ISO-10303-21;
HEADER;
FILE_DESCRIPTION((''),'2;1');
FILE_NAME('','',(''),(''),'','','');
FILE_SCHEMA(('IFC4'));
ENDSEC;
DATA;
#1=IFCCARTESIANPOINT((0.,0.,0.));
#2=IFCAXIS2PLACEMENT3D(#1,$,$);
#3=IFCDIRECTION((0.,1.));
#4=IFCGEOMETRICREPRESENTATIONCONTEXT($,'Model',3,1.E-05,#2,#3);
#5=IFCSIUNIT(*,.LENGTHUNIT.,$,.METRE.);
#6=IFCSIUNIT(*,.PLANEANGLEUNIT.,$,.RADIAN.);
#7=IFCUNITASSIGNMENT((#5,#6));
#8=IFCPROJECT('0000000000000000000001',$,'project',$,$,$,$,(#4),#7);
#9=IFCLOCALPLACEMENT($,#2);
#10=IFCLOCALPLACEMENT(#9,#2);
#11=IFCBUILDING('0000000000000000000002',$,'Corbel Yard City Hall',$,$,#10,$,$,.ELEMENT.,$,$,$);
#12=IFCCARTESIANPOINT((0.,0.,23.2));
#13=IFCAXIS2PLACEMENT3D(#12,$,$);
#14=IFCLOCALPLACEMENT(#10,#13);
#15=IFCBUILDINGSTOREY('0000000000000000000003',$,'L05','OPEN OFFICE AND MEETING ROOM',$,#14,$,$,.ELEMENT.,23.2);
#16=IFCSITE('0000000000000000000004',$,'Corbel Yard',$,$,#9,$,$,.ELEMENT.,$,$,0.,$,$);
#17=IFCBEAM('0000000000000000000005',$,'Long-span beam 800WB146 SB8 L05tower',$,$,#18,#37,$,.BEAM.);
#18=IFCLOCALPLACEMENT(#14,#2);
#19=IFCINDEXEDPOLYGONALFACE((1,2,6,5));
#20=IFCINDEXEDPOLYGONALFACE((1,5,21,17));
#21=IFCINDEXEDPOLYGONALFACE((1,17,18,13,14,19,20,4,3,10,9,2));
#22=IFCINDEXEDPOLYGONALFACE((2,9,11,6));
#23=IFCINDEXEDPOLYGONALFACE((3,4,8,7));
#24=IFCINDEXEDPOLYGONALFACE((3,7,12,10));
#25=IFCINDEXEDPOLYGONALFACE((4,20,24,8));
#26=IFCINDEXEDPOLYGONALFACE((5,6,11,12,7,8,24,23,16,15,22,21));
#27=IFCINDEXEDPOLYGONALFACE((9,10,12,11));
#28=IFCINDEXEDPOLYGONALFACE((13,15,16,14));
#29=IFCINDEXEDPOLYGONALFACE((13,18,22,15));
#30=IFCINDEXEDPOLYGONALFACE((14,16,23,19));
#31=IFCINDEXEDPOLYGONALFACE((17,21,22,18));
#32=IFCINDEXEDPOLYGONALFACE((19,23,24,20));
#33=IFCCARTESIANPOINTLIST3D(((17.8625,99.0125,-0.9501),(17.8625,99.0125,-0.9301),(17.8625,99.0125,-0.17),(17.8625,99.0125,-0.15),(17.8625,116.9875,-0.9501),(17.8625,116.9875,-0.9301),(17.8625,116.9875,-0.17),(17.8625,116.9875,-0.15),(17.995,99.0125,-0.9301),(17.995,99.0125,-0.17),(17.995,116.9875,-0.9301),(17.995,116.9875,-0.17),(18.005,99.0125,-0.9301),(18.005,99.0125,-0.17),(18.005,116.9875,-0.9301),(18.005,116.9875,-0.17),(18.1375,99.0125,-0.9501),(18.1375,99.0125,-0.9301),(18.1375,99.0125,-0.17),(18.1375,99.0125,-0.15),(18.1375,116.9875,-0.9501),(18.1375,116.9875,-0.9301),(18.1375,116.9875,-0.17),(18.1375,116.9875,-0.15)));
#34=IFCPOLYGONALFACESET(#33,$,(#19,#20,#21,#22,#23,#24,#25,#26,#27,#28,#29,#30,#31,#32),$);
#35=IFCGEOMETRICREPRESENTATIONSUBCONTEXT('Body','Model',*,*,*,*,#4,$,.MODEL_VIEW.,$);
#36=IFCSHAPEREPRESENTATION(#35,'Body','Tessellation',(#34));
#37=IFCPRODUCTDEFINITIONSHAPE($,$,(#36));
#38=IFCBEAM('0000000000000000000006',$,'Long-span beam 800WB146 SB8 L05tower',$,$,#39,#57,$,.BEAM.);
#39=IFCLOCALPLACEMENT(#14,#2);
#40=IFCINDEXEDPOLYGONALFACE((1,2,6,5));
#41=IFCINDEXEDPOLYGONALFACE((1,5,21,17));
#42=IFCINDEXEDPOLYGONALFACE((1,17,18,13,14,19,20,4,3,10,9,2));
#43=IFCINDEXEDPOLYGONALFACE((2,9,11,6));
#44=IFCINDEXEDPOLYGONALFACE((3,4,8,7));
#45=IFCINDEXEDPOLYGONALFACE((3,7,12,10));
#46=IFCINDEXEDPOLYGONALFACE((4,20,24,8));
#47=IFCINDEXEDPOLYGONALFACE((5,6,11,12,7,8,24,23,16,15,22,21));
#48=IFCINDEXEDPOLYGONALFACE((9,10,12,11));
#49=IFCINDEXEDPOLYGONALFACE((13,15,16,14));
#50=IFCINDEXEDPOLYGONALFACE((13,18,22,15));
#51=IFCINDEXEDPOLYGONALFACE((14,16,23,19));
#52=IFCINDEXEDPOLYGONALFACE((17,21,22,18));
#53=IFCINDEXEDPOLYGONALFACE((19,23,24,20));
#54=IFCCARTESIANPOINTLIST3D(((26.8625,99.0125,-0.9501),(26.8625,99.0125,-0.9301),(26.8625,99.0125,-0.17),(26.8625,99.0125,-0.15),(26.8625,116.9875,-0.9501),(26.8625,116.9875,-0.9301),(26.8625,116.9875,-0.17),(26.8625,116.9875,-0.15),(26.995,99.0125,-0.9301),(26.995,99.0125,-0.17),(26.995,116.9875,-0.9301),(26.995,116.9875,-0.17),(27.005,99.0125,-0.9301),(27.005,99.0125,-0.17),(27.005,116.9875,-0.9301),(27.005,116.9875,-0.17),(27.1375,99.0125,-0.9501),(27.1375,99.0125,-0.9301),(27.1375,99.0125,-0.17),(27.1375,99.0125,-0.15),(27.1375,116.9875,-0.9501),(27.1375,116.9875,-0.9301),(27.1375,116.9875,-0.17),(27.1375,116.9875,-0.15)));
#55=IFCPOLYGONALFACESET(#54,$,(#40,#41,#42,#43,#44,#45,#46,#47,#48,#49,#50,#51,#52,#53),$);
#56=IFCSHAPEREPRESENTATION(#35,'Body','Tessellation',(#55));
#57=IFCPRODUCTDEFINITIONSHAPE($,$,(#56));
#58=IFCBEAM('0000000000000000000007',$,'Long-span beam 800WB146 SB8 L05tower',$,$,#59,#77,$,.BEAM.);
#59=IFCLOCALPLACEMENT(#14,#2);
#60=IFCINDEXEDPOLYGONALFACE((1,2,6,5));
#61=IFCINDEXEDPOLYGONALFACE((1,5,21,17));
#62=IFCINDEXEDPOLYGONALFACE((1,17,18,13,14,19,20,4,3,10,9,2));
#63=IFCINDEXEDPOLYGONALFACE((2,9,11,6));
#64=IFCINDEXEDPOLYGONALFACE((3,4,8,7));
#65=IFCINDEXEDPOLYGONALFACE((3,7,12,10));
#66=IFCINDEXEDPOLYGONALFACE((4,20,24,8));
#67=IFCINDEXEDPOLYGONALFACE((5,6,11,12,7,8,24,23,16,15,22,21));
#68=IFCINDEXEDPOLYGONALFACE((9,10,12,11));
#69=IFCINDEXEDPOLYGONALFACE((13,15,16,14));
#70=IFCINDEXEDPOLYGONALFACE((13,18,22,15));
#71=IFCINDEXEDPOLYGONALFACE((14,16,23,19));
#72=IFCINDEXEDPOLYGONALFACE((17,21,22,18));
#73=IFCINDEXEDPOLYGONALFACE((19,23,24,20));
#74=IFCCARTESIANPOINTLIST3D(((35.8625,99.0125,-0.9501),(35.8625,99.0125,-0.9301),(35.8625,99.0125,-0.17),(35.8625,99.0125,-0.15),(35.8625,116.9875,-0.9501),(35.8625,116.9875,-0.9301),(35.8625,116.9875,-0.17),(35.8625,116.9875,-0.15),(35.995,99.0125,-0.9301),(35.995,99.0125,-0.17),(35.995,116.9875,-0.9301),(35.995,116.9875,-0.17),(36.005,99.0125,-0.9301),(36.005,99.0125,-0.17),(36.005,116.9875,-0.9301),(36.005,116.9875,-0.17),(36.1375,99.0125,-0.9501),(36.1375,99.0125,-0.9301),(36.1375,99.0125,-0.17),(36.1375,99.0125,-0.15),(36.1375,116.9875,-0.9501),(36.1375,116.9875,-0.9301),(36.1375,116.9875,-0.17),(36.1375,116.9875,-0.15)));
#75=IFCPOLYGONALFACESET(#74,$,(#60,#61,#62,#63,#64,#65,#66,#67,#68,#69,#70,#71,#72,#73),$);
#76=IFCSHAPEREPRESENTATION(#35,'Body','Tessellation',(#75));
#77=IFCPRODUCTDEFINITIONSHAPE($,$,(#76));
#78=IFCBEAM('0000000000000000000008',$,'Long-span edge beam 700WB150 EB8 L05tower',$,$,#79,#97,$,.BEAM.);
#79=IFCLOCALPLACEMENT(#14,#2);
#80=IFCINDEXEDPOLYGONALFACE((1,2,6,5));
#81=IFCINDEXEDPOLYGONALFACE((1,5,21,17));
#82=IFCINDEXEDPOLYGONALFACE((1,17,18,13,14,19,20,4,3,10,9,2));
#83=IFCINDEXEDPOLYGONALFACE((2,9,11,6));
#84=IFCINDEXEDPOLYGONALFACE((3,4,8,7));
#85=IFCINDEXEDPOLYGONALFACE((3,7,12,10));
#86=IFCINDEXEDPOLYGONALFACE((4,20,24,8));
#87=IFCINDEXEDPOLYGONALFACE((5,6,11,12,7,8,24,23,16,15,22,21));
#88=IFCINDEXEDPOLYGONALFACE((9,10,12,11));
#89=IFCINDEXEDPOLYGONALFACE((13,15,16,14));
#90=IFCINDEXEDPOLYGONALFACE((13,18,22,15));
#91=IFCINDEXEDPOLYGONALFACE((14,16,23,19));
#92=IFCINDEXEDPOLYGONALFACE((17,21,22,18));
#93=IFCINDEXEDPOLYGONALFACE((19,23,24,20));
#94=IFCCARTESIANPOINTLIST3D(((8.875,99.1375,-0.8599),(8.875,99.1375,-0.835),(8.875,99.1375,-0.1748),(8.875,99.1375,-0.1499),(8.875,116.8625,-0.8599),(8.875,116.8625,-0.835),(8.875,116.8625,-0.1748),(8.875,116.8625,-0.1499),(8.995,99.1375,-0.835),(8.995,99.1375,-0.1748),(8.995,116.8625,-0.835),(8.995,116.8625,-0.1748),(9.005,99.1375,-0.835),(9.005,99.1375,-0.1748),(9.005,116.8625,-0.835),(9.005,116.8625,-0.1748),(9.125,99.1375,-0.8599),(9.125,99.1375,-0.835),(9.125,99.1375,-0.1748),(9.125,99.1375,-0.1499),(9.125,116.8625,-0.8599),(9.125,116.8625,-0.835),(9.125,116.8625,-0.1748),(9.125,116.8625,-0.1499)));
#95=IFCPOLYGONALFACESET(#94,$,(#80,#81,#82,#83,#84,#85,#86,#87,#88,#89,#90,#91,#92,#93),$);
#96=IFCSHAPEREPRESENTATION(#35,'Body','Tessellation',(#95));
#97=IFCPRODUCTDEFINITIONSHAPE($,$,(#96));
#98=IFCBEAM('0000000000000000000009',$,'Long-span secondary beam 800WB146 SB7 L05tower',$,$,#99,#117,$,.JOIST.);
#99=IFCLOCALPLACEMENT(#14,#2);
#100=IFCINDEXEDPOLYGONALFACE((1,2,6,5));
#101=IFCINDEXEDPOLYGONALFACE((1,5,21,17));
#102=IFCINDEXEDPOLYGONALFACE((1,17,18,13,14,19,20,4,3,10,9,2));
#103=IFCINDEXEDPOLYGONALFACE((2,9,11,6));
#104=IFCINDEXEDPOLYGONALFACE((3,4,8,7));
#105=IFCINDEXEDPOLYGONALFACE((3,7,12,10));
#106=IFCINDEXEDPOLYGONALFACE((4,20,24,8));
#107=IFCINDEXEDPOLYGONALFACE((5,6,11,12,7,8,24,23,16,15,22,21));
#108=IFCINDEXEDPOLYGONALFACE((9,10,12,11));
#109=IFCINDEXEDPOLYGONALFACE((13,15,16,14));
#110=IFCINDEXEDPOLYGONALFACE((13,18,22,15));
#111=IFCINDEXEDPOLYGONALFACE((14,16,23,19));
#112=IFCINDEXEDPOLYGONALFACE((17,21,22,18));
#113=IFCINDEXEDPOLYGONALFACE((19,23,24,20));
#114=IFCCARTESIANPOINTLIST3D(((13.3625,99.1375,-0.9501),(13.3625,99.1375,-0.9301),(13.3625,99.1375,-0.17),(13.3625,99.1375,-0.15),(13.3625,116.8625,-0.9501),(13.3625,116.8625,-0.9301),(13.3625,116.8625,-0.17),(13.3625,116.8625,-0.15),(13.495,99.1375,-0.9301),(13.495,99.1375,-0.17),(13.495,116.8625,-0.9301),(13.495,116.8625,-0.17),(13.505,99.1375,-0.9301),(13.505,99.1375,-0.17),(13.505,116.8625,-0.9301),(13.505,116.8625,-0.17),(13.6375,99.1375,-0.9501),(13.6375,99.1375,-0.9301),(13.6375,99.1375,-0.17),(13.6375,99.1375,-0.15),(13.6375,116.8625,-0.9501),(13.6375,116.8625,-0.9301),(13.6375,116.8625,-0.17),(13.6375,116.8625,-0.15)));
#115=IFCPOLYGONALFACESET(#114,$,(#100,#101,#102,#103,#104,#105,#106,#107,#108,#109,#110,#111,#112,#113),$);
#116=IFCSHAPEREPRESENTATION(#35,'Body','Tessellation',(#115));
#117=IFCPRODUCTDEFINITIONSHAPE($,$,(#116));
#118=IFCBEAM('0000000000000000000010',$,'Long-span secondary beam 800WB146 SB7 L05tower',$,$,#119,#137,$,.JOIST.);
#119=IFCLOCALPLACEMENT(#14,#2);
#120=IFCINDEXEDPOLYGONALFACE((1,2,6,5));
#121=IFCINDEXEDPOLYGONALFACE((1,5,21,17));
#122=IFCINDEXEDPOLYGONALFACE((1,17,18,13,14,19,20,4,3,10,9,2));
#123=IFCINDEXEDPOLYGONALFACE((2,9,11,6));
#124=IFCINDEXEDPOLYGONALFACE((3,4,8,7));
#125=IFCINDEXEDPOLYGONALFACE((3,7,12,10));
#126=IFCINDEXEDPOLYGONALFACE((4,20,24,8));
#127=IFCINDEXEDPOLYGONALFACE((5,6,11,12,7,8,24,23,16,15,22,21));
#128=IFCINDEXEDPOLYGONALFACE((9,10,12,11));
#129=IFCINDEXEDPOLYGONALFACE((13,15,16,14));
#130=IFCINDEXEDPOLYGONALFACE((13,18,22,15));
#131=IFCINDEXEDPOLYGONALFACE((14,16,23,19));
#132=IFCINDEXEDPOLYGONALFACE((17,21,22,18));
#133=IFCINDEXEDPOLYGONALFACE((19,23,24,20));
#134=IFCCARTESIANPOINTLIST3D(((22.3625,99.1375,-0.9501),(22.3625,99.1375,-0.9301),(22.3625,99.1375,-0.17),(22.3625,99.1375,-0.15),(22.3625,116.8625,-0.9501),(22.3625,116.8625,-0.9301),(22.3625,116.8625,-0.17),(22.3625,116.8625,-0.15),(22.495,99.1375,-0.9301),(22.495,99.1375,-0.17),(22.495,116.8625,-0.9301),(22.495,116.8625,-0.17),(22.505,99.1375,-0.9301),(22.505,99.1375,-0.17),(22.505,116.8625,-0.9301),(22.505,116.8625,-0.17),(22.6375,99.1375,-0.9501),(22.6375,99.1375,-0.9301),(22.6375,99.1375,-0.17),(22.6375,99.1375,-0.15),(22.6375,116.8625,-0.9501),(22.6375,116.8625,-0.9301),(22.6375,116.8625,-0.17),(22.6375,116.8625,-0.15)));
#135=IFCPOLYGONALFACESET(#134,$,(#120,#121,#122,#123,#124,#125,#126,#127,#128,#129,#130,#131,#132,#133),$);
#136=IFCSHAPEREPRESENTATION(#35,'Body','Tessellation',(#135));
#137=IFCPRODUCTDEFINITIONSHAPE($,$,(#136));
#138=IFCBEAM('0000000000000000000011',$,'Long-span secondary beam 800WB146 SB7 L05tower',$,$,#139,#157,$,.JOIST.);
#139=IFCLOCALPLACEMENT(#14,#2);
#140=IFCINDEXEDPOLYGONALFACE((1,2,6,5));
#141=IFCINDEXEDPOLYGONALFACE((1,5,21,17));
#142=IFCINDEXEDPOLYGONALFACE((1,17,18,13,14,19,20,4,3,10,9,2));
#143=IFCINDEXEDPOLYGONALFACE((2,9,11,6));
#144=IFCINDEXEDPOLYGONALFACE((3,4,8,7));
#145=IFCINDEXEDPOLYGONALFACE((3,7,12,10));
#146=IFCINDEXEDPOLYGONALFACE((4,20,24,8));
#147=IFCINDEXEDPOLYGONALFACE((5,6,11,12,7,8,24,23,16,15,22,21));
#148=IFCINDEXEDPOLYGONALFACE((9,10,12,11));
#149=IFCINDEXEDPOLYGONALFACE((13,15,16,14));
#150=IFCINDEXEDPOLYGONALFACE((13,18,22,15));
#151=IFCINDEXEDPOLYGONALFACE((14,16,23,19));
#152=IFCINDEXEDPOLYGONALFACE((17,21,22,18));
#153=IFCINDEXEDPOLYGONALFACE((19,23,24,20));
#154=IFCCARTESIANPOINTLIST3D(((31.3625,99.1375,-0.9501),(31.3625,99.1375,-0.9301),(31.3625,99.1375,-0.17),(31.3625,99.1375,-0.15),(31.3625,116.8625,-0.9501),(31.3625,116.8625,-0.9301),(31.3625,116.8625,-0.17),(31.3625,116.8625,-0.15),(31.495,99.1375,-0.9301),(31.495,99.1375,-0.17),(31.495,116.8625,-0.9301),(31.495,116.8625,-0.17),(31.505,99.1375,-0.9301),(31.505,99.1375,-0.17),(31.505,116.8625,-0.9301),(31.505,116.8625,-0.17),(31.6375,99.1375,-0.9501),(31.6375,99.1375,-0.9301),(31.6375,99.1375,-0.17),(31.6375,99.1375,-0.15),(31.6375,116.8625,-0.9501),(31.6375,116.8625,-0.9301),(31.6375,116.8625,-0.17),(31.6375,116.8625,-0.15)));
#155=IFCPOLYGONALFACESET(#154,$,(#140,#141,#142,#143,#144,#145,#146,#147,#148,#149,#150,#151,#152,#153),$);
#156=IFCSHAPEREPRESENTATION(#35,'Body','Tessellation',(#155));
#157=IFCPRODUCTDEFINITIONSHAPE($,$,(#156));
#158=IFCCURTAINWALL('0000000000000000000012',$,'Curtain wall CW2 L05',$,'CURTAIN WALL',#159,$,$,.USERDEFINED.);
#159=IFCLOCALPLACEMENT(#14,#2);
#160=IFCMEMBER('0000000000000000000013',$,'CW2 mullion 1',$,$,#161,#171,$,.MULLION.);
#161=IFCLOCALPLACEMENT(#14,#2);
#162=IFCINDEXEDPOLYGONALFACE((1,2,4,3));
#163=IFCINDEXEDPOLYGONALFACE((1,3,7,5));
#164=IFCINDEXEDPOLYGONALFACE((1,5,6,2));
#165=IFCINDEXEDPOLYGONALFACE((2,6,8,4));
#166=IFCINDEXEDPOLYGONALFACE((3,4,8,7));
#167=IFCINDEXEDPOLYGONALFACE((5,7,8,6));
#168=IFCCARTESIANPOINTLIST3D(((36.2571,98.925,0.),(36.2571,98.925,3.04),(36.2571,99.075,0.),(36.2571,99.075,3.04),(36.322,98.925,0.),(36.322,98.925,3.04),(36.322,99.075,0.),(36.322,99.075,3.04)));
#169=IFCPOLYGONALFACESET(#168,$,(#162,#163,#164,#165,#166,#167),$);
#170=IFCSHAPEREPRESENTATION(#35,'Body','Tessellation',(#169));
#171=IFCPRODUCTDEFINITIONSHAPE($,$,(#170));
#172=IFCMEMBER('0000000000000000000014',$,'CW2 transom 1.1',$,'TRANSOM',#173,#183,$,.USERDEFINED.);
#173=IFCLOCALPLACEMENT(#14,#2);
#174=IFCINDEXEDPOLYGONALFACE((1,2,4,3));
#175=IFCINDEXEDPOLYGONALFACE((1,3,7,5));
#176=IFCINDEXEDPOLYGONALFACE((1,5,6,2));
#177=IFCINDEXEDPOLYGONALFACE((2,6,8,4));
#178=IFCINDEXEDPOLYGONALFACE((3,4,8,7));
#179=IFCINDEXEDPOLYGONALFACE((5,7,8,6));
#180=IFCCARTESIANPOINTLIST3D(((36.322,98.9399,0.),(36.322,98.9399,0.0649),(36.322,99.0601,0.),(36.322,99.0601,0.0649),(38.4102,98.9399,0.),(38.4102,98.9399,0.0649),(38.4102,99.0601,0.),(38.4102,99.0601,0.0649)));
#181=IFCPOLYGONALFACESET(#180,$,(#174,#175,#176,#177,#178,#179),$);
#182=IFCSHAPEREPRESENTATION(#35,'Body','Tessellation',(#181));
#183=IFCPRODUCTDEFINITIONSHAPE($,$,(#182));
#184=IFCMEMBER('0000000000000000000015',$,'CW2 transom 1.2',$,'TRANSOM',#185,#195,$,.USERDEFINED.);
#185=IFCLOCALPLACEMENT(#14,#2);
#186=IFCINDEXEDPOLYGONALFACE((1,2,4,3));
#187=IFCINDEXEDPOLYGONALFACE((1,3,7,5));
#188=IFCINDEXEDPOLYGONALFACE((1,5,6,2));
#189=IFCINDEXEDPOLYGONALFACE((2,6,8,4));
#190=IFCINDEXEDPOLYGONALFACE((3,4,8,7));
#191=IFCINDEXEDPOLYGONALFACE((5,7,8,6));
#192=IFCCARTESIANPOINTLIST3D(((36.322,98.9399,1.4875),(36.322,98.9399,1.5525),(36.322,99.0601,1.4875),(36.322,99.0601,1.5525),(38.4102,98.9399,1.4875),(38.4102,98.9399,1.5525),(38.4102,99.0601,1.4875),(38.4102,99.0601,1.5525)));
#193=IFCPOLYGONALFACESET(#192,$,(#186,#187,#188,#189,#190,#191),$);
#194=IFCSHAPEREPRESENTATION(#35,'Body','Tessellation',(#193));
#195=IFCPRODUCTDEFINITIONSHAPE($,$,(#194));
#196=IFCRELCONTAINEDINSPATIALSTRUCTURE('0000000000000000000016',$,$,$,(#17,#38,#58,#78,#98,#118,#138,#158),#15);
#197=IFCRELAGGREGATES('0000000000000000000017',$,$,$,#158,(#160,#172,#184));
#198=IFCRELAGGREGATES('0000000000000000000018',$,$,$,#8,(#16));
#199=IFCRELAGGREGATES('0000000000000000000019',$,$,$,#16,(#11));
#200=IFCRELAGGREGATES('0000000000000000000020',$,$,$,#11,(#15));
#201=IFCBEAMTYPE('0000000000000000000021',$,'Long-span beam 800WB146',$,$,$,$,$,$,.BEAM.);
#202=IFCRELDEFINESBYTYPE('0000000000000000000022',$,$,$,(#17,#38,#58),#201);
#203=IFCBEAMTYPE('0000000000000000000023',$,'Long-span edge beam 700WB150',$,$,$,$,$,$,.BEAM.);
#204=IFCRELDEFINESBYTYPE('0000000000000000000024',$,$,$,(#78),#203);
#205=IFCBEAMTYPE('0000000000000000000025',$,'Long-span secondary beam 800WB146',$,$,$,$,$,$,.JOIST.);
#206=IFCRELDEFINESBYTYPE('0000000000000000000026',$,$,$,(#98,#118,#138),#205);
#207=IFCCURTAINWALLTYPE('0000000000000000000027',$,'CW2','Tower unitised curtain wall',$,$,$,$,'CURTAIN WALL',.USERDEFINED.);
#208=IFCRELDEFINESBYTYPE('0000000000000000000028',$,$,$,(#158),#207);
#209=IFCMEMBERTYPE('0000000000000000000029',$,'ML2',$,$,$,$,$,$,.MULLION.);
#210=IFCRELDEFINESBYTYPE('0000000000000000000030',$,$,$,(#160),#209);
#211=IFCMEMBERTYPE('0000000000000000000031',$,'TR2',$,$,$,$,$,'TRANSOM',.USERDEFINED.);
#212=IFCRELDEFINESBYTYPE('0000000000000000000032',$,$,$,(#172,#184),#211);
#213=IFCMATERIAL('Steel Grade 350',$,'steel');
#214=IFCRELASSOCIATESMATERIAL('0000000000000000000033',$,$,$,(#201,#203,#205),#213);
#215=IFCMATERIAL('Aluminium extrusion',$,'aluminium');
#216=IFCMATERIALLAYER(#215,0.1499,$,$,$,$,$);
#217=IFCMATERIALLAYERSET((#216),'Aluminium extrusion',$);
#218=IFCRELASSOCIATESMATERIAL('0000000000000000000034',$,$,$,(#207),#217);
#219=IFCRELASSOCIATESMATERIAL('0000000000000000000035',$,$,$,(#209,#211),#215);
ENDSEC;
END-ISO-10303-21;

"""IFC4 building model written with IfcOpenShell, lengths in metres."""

from ifc_helpers import new_model, si_unit, direction, frame, origin, origin_2d, place, context, subcontext, project, spatial, rectangle, i_section, extrude, material, layer, layer_set, material_profile, profile_set, type_object, element, aggregate, save


model = new_model("IFC4")

# Units and contexts
model_context = context("Model", 3, precision=1e-05, world=origin(), true_north=direction((0.0, 1.0)))
body_context = subcontext(model_context, "Body", "Model", "MODEL_VIEW")
ifc_project = project(units=[si_unit("LENGTHUNIT", "METRE"), si_unit("PLANEANGLEUNIT", "RADIAN")], contexts=[model_context])

# Site, building, storey
site_placement = place(None, origin())
site = spatial("IfcSite", under=ifc_project, at=site_placement, Name="Corbel Yard", CompositionType="ELEMENT", RefElevation=0.0)
building_placement = place(site_placement, origin())
building = spatial("IfcBuilding", under=site, at=building_placement, Name="Corbel Yard City Hall", CompositionType="ELEMENT")
storey_placement = place(building_placement, frame((0.0, 0.0, 23.2)))
storey = spatial("IfcBuildingStorey", under=building, at=storey_placement, Name="L05", Description="OPEN OFFICE AND MEETING ROOM", CompositionType="ELEMENT", Elevation=23.2)

# Beams
ifc_material_1 = material(Name="Steel Grade 350", Category="steel")
ifc_material_profile_1 = material_profile(ifc_material_1, i_section(OverallWidth=0.2749, OverallDepth=0.8, WebThickness=0.01, FlangeThickness=0.02, at=origin_2d()), Name="800WB146")
ifc_profile_set_1 = profile_set([ifc_material_profile_1], Name="Steel Grade 350")
beam_type_1 = type_object("IfcBeamType", Name="Long-span beam 800WB146", PredefinedType="BEAM", material=ifc_profile_set_1)
for number, where, z_axis, x_axis, name in (
    (1, (18.0, 99.0125, -0.55), (0.0, 1.0, 0.0), (-1.0, 0.0, 0.0), "Long-span beam 800WB146 SB8 L05tower"),
    (2, (27.0, 99.0125, -0.55), (0.0, 1.0, 0.0), (-1.0, 0.0, 0.0), "Long-span beam 800WB146 SB8 L05tower"),
    (3, (36.0, 99.0125, -0.55), (0.0, 1.0, 0.0), (-1.0, 0.0, 0.0), "Long-span beam 800WB146 SB8 L05tower"),
):
    element("IfcBeam", number, at=place(storey_placement, frame(where, z_axis=z_axis, x_axis=x_axis)), inside=storey, type_object=beam_type_1, Name=name, PredefinedType="BEAM", context=body_context, shape_type="SweptSolid", body=[
        extrude(i_section(OverallWidth=0.2749, OverallDepth=0.8, WebThickness=0.01, FlangeThickness=0.02, at=origin_2d()), origin(), (0.0, 0.0, 1.0), 17.9751),
    ])
ifc_material_profile_2 = material_profile(ifc_material_1, i_section(OverallWidth=0.25, OverallDepth=0.71, WebThickness=0.01, FlangeThickness=0.0249, at=origin_2d()), Name="700WB150")
ifc_profile_set_2 = profile_set([ifc_material_profile_2], Name="Steel Grade 350")
beam_type_2 = type_object("IfcBeamType", Name="Long-span edge beam 700WB150", PredefinedType="BEAM", material=ifc_profile_set_2)
beam_placement = place(storey_placement, frame((9.0, 99.1375, -0.5049), z_axis=(0.0, 1.0, 0.0), x_axis=(-1.0, 0.0, 0.0)))
element("IfcBeam", 4, at=beam_placement, inside=storey, type_object=beam_type_2, Name="Long-span edge beam 700WB150 EB8 L05tower", PredefinedType="BEAM", context=body_context, shape_type="SweptSolid", body=[
    extrude(i_section(OverallWidth=0.25, OverallDepth=0.71, WebThickness=0.01, FlangeThickness=0.0249, at=origin_2d()), origin(), (0.0, 0.0, 1.0), 17.7251),
])
ifc_material_profile_3 = material_profile(ifc_material_1, i_section(OverallWidth=0.2749, OverallDepth=0.8, WebThickness=0.01, FlangeThickness=0.02, at=origin_2d()), Name="800WB146")
ifc_profile_set_3 = profile_set([ifc_material_profile_3], Name="Steel Grade 350")
beam_type_3 = type_object("IfcBeamType", Name="Long-span secondary beam 800WB146", PredefinedType="JOIST", material=ifc_profile_set_3)
for number, where, z_axis, x_axis, name in (
    (5, (13.5, 99.1375, -0.55), (0.0, 1.0, 0.0), (-1.0, 0.0, 0.0), "Long-span secondary beam 800WB146 SB7 L05tower"),
    (6, (22.5, 99.1375, -0.55), (0.0, 1.0, 0.0), (-1.0, 0.0, 0.0), "Long-span secondary beam 800WB146 SB7 L05tower"),
    (7, (31.5, 99.1375, -0.55), (0.0, 1.0, 0.0), (-1.0, 0.0, 0.0), "Long-span secondary beam 800WB146 SB7 L05tower"),
):
    element("IfcBeam", number, at=place(storey_placement, frame(where, z_axis=z_axis, x_axis=x_axis)), inside=storey, type_object=beam_type_3, Name=name, PredefinedType="JOIST", context=body_context, shape_type="SweptSolid", body=[
        extrude(i_section(OverallWidth=0.2749, OverallDepth=0.8, WebThickness=0.01, FlangeThickness=0.02, at=origin_2d()), origin(), (0.0, 0.0, 1.0), 17.7251),
    ])

# Curtain wall, members
ifc_material_2 = material(Name="Aluminium extrusion", Category="aluminium")
ifc_layer_1 = layer(ifc_material_2, 0.1499)
ifc_layer_set_1 = layer_set([ifc_layer_1], Name="Aluminium extrusion")
curtain_wall_type = type_object("IfcCurtainWallType", Name="CW2", Description="Tower unitised curtain wall", ElementType="CURTAIN WALL", PredefinedType="USERDEFINED", material=ifc_layer_set_1)
curtain_wall_1_placement = place(storey_placement, origin())
curtain_wall_1 = element("IfcCurtainWall", 8, at=curtain_wall_1_placement, inside=storey, type_object=curtain_wall_type, Name="Curtain wall CW2 L05", ObjectType="CURTAIN WALL", PredefinedType="USERDEFINED")
ifc_material_profile_4 = material_profile(ifc_material_2, rectangle(XDim=0.1499, YDim=0.0649, at=origin_2d()), Name="150x65")
ifc_profile_set_4 = profile_set([ifc_material_profile_4], Name="Aluminium extrusion")
member_type_1 = type_object("IfcMemberType", Name="ML2", PredefinedType="MULLION", material=ifc_profile_set_4)
member_1_placement = place(storey_placement, frame((36.2896, 99.0, 0.0), z_axis=(0.0, 0.0, 1.0), x_axis=(0.0, 1.0, 0.0)))
member_1 = element("IfcMember", 9, at=member_1_placement, type_object=member_type_1, Name="CW2 mullion 1", PredefinedType="MULLION", context=body_context, shape_type="SweptSolid", body=[
    extrude(rectangle(XDim=0.1499, YDim=0.0649, at=origin_2d()), origin(), (0.0, 0.0, 1.0), 3.04),
])
ifc_material_profile_5 = material_profile(ifc_material_2, rectangle(XDim=0.1201, YDim=0.0649, at=origin_2d()), Name="120x65")
ifc_profile_set_5 = profile_set([ifc_material_profile_5], Name="Aluminium extrusion")
member_type_2 = type_object("IfcMemberType", Name="TR2", ElementType="TRANSOM", PredefinedType="USERDEFINED", material=ifc_profile_set_5)
member_2_placement = place(storey_placement, frame((36.322, 99.0, 0.0325), z_axis=(1.0, 0.0, 0.0), x_axis=(0.0, 1.0, 0.0)))
member_2 = element("IfcMember", 10, at=member_2_placement, type_object=member_type_2, Name="CW2 transom 1.1", ObjectType="TRANSOM", PredefinedType="USERDEFINED", context=body_context, shape_type="SweptSolid", body=[
    extrude(rectangle(XDim=0.1201, YDim=0.0649, at=origin_2d()), origin(), (0.0, 0.0, 1.0), 2.0881),
])
member_3_placement = place(storey_placement, frame((36.322, 99.0, 1.52), z_axis=(1.0, 0.0, 0.0), x_axis=(0.0, 1.0, 0.0)))
member_3 = element("IfcMember", 11, at=member_3_placement, type_object=member_type_2, Name="CW2 transom 1.2", ObjectType="TRANSOM", PredefinedType="USERDEFINED", context=body_context, shape_type="SweptSolid", body=[
    extrude(rectangle(XDim=0.1201, YDim=0.0649, at=origin_2d()), origin(), (0.0, 0.0, 1.0), 2.0881),
])
aggregate(curtain_wall_1, [member_1, member_2, member_3])

save(model, "model.ifc")
